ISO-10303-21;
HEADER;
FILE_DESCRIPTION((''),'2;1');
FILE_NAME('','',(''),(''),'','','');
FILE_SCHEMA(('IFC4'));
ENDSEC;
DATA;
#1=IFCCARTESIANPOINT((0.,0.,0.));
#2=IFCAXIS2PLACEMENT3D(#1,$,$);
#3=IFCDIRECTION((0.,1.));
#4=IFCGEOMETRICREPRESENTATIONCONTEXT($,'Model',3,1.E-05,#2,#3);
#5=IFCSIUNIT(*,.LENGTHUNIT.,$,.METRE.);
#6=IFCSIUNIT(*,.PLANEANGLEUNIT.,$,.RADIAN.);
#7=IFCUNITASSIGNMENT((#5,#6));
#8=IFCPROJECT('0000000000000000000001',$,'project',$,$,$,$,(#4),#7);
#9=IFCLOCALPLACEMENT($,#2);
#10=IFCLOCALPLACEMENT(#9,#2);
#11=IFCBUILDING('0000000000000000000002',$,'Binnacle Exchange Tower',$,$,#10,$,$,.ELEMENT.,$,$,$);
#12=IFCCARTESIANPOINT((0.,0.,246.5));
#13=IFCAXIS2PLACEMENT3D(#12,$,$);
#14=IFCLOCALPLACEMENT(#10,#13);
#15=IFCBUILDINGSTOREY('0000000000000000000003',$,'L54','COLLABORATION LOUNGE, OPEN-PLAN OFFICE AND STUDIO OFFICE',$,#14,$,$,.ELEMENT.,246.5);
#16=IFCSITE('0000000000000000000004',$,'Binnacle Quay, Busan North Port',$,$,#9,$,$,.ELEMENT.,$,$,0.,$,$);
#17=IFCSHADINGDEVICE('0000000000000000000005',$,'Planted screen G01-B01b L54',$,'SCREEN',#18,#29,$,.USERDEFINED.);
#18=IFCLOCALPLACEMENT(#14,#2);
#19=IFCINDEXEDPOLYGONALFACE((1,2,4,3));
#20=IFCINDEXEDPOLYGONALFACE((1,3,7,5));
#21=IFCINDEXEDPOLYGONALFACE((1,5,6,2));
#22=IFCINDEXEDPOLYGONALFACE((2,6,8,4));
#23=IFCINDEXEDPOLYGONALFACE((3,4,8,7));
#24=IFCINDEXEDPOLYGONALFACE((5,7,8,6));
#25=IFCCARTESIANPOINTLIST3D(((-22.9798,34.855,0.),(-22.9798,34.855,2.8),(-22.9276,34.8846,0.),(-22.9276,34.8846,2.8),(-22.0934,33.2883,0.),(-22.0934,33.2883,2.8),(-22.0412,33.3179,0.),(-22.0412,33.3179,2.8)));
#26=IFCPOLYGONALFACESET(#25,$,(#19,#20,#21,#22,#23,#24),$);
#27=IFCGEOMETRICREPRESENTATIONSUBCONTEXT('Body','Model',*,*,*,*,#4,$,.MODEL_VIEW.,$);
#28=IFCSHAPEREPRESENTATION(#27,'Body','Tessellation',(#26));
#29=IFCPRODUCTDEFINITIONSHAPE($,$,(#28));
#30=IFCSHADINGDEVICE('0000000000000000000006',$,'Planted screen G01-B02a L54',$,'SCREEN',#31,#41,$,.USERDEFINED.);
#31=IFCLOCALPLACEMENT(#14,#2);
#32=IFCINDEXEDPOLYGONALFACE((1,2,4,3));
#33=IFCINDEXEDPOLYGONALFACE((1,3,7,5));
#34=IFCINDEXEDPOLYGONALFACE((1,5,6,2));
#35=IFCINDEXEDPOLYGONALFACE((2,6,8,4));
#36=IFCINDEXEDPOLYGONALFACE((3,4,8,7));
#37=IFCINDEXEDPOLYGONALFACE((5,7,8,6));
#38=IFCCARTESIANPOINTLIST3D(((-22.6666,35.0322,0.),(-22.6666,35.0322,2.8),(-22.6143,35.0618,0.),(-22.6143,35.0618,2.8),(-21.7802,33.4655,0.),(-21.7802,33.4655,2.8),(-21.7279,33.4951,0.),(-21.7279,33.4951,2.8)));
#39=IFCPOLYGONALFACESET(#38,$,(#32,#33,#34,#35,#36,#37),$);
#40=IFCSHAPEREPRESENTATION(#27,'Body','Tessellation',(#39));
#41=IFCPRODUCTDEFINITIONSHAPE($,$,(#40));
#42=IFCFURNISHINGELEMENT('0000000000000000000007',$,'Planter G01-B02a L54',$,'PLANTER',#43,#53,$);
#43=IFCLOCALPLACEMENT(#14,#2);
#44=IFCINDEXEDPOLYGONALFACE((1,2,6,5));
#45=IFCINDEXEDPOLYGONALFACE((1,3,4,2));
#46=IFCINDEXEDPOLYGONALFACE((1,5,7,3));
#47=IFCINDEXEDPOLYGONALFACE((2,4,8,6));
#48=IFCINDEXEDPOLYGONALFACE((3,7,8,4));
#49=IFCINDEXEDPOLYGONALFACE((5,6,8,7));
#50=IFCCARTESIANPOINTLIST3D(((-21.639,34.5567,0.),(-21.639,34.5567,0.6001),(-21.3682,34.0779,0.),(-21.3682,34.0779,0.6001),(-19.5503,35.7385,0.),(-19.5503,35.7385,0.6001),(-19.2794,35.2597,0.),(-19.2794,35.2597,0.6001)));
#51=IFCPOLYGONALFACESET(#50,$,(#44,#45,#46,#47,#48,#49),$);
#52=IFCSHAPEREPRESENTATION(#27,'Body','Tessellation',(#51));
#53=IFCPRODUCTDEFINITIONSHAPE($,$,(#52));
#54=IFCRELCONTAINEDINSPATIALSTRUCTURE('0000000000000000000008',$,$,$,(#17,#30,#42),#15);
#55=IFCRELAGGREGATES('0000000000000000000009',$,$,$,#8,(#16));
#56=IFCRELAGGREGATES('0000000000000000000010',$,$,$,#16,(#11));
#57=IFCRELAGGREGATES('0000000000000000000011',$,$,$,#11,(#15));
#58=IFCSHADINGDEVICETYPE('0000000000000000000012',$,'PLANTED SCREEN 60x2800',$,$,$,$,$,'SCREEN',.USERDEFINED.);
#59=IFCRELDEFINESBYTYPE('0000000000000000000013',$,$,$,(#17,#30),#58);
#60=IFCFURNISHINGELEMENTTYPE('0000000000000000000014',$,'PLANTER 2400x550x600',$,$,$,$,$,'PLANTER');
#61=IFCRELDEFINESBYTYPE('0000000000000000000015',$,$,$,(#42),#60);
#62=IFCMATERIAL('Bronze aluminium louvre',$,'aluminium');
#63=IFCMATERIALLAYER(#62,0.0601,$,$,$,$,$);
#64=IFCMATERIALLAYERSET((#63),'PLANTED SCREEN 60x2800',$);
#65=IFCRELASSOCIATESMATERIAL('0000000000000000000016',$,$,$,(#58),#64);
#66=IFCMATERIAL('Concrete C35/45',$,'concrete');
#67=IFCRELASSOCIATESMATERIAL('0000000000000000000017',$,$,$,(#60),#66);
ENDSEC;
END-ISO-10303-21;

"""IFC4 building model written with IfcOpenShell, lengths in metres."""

from ifc_helpers import new_model, si_unit, direction, frame, origin, origin_2d, place, context, subcontext, project, spatial, rectangle, extrude, material, layer, layer_set, type_object, element, save


model = new_model("IFC4")

# Units and contexts
model_context = context("Model", 3, precision=1e-05, world=origin(), true_north=direction((0.0, 1.0)))
body_context = subcontext(model_context, "Body", "Model", "MODEL_VIEW")
ifc_project = project(units=[si_unit("LENGTHUNIT", "METRE"), si_unit("PLANEANGLEUNIT", "RADIAN")], contexts=[model_context])

# Site, building, storey
site_placement = place(None, origin())
site = spatial("IfcSite", under=ifc_project, at=site_placement, Name="Binnacle Quay, Busan North Port", CompositionType="ELEMENT", RefElevation=0.0)
building_placement = place(site_placement, origin())
building = spatial("IfcBuilding", under=site, at=building_placement, Name="Binnacle Exchange Tower", CompositionType="ELEMENT")
storey_placement = place(building_placement, frame((0.0, 0.0, 246.5)))
storey = spatial("IfcBuildingStorey", under=building, at=storey_placement, Name="L54", Description="COLLABORATION LOUNGE, OPEN-PLAN OFFICE AND STUDIO OFFICE", CompositionType="ELEMENT", Elevation=246.5)

# Shading devices
ifc_material_1 = material(Name="Bronze aluminium louvre", Category="aluminium")
ifc_layer_1 = layer(ifc_material_1, 0.0601)
ifc_layer_set_1 = layer_set([ifc_layer_1], Name="PLANTED SCREEN 60x2800")
shading_device_type = type_object("IfcShadingDeviceType", Name="PLANTED SCREEN 60x2800", ElementType="SCREEN", PredefinedType="USERDEFINED", material=ifc_layer_set_1)
for number, where, z_axis, x_axis, name in (
    (1, (-22.5105, 34.0864, 0.0), (0.0, 0.0, 1.0), (0.870356, 0.492424, 0.0), "Planted screen G01-B01b L54"),
    (2, (-22.1973, 34.2637, 0.0), (0.0, 0.0, 1.0), (0.870356, 0.492424, 0.0), "Planted screen G01-B02a L54"),
):
    element("IfcShadingDevice", number, at=place(storey_placement, frame(where, z_axis=z_axis, x_axis=x_axis)), inside=storey, type_object=shading_device_type, Name=name, ObjectType="SCREEN", PredefinedType="USERDEFINED", context=body_context, shape_type="SweptSolid", body=[
        extrude(rectangle(XDim=0.0601, YDim=1.8, at=origin_2d()), origin(), (0.0, 0.0, 1.0), 2.8),
    ])

# Furnishing element
ifc_material_2 = material(Name="Concrete C35/45", Category="concrete")
furnishing_element_type = type_object("IfcFurnishingElementType", Name="PLANTER 2400x550x600", ElementType="PLANTER", material=ifc_material_2)
furnishing_placement = place(storey_placement, frame((-20.4592, 34.9082, 0.0), z_axis=(0.0, 0.0, 1.0), x_axis=(0.870356, 0.492424, 0.0)))
element("IfcFurnishingElement", 3, at=furnishing_placement, inside=storey, type_object=furnishing_element_type, Name="Planter G01-B02a L54", ObjectType="PLANTER", context=body_context, shape_type="SweptSolid", body=[
    extrude(rectangle(XDim=2.3999, YDim=0.55, at=origin_2d()), origin(), (0.0, 0.0, 1.0), 0.6001),
])

save(model, "model.ifc")
